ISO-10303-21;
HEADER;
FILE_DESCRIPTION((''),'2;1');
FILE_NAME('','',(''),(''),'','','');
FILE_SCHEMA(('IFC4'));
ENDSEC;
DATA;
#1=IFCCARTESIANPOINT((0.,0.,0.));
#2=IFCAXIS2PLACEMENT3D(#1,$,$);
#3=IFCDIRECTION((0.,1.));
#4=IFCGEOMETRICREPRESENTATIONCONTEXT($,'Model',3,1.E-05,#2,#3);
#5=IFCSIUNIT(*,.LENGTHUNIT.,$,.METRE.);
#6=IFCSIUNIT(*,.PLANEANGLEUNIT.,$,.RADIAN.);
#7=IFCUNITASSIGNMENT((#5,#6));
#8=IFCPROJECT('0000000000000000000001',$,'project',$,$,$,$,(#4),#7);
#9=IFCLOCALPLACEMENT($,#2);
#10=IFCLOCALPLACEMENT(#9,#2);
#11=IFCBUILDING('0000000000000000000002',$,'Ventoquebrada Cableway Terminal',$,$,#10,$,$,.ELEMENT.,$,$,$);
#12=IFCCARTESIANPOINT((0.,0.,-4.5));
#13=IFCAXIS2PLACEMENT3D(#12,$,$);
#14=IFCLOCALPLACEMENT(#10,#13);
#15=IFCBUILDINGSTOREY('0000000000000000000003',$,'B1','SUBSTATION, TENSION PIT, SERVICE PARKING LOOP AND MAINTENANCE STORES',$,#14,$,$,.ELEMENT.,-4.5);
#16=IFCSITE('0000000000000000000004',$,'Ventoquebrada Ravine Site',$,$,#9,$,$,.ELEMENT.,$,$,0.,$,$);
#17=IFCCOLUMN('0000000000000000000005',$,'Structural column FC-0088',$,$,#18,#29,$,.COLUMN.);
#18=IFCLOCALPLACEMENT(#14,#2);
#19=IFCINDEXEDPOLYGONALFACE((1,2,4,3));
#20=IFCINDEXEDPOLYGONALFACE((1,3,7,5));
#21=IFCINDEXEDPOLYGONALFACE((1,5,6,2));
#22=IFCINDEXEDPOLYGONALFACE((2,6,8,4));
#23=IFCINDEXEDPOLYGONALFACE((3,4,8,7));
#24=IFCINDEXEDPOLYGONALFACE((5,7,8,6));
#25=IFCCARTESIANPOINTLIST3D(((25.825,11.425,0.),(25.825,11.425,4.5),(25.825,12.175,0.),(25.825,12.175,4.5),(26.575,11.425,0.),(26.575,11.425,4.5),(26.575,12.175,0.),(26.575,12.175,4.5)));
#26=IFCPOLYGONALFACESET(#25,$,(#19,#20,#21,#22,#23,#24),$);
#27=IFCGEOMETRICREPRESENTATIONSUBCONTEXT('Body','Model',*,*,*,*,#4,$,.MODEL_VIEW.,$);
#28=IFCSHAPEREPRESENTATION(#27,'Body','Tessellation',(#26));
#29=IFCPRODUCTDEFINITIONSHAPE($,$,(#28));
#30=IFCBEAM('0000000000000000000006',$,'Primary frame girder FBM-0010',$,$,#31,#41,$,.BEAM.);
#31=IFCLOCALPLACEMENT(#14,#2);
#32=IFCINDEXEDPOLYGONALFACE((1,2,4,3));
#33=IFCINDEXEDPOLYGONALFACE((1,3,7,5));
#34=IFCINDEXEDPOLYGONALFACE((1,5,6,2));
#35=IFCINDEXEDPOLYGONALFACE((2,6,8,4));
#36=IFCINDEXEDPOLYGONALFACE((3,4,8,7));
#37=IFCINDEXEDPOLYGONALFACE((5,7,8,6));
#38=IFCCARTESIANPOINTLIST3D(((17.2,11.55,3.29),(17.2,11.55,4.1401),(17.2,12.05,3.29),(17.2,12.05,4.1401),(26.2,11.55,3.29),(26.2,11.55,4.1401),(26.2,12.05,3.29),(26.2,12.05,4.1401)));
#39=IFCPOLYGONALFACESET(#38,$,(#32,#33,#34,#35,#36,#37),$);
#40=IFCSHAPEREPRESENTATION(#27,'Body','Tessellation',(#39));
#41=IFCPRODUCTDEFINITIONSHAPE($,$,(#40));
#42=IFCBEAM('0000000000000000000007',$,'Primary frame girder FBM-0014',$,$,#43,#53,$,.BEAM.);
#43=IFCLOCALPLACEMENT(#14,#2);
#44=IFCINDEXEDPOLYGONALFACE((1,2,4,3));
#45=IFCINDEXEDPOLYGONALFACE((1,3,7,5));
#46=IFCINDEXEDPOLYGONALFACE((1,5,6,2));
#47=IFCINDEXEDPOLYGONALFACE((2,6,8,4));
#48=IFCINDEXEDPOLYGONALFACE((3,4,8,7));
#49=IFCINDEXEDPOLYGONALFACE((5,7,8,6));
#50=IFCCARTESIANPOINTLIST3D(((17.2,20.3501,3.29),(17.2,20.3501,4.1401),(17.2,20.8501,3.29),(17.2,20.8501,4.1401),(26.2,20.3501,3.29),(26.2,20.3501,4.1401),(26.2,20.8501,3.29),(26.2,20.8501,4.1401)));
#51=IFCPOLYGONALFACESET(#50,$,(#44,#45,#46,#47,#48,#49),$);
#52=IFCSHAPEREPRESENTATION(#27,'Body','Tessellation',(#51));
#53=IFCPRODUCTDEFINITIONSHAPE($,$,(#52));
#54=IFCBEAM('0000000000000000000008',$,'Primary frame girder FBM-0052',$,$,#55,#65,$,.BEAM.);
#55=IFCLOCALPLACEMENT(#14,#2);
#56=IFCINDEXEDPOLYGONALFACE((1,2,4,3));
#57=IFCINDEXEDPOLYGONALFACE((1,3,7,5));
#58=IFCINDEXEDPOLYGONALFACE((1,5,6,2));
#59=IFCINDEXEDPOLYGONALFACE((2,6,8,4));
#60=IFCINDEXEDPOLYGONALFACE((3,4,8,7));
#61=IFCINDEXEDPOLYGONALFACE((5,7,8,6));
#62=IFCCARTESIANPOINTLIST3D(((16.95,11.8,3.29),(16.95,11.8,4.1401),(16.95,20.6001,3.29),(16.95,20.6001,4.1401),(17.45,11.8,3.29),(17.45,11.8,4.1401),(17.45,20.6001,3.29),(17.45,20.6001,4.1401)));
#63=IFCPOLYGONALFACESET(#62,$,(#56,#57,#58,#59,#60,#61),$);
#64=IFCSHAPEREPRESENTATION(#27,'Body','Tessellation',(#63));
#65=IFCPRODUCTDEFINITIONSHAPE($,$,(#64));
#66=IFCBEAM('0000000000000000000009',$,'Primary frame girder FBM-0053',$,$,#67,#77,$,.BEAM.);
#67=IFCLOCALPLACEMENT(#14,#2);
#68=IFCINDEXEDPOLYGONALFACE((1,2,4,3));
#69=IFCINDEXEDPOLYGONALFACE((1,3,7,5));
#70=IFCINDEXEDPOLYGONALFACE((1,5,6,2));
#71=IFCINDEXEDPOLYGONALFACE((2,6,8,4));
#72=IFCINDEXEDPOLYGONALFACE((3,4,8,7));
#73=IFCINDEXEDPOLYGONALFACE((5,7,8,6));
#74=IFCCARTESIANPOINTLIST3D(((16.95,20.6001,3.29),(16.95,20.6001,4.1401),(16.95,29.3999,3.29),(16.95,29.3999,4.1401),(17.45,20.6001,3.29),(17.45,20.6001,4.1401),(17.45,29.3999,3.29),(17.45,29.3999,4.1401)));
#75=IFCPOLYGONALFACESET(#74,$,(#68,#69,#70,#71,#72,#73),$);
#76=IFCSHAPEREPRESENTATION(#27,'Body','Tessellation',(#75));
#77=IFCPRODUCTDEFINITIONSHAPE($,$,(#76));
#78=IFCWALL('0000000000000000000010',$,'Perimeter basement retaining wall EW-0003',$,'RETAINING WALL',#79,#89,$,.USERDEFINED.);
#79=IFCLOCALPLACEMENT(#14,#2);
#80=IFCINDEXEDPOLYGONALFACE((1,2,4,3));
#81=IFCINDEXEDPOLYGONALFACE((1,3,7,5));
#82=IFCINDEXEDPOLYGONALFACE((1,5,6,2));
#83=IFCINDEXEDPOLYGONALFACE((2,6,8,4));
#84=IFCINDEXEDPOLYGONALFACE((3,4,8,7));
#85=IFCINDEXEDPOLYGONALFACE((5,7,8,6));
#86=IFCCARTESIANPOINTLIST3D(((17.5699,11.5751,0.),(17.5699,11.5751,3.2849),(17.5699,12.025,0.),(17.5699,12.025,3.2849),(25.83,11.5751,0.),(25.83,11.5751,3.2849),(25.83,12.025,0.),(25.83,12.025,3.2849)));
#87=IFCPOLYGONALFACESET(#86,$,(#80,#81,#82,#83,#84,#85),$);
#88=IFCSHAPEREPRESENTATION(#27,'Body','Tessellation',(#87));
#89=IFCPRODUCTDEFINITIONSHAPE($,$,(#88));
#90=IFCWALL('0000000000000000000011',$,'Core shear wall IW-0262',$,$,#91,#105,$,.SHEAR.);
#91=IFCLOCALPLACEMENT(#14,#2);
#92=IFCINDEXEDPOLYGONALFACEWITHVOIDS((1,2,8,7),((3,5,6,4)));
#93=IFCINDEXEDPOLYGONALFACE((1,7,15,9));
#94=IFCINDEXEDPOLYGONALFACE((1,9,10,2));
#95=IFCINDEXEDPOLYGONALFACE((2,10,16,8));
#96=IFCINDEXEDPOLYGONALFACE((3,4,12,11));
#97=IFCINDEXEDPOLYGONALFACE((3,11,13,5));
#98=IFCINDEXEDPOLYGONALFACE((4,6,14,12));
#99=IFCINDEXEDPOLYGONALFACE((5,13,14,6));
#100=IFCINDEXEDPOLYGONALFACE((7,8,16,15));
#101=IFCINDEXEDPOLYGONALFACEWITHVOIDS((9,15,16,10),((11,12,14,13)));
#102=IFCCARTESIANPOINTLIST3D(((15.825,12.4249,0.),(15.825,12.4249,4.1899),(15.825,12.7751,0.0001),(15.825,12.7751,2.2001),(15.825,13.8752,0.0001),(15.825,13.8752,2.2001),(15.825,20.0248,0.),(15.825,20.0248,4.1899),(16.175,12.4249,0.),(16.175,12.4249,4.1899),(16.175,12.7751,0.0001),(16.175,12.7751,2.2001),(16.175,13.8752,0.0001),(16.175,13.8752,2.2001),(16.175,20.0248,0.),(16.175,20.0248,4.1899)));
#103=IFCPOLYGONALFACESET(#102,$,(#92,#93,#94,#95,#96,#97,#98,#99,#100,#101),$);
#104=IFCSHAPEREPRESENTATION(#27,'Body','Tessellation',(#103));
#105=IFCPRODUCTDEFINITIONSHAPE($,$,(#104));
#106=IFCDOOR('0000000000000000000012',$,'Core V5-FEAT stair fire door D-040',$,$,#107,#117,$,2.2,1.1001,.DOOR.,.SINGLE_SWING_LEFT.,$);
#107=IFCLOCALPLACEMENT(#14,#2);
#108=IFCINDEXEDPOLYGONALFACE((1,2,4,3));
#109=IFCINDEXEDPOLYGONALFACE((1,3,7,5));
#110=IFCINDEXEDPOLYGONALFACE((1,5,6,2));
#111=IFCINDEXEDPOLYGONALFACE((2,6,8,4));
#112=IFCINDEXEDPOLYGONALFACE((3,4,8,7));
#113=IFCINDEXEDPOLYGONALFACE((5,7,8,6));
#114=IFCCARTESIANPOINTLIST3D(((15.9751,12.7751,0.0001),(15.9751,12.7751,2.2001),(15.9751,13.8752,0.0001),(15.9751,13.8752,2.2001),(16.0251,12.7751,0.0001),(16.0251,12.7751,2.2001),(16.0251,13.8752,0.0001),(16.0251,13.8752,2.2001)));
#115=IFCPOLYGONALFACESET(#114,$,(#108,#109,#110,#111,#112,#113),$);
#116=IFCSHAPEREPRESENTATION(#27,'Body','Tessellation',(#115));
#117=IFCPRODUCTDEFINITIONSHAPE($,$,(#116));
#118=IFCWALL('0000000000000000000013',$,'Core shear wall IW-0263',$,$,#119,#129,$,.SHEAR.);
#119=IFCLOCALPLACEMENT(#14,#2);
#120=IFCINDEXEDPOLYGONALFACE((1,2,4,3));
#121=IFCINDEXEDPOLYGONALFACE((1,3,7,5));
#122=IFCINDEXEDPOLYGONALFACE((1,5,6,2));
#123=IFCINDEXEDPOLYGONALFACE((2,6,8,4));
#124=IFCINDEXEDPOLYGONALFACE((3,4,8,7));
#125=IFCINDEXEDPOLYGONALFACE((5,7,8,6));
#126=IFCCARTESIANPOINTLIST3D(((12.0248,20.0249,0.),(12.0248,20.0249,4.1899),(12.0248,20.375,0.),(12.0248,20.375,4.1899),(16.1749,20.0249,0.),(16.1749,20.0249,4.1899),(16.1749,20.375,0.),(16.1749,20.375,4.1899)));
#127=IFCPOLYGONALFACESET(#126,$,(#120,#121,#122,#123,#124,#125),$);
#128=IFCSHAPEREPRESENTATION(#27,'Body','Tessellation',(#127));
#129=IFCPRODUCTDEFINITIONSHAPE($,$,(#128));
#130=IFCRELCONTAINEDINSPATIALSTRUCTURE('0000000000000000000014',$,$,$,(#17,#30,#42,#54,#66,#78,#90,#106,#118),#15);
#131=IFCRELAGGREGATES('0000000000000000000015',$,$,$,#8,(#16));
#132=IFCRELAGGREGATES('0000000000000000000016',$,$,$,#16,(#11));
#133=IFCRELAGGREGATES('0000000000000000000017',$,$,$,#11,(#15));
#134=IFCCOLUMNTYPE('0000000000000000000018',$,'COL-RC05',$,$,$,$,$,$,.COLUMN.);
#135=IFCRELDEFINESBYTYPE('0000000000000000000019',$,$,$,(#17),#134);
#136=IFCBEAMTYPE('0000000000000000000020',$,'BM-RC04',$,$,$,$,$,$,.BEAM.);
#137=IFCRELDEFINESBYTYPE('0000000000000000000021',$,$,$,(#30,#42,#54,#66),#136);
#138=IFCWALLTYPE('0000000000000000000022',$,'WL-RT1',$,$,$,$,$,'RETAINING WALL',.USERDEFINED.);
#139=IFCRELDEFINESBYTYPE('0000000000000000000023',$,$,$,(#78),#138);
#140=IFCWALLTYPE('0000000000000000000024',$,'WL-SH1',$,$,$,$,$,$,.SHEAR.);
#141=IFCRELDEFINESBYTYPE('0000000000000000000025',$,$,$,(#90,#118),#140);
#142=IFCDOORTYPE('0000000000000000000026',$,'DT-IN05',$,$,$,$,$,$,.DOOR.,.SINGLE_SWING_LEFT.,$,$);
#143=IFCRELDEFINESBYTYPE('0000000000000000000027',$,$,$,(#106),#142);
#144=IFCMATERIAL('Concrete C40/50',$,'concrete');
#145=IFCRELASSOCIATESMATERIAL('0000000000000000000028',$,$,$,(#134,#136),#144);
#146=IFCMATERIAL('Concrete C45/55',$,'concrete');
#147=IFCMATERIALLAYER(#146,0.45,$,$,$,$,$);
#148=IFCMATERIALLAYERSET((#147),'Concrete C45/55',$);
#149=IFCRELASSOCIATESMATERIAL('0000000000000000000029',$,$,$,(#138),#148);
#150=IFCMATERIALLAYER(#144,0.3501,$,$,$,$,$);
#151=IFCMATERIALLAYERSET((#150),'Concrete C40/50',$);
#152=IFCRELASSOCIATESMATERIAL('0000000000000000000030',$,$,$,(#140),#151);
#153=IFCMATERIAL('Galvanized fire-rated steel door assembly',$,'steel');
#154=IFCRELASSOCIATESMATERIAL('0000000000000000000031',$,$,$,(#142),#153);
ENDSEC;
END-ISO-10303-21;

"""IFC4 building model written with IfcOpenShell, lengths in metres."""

from ifc_helpers import new_model, si_unit, direction, frame, frame_2d, origin, origin_2d, place, context, subcontext, project, spatial, rectangle, extrude, material, layer, layer_set, material_profile, profile_set, type_object, element, fill, save


model = new_model("IFC4")

# Units and contexts
model_context = context("Model", 3, precision=1e-05, world=origin(), true_north=direction((0.0, 1.0)))
body_context = subcontext(model_context, "Body", "Model", "MODEL_VIEW")
ifc_project = project(units=[si_unit("LENGTHUNIT", "METRE"), si_unit("PLANEANGLEUNIT", "RADIAN")], contexts=[model_context])

# Site, building, storey
site_placement = place(None, origin())
site = spatial("IfcSite", under=ifc_project, at=site_placement, Name="Ventoquebrada Ravine Site", CompositionType="ELEMENT", RefElevation=0.0)
building_placement = place(site_placement, origin())
building = spatial("IfcBuilding", under=site, at=building_placement, Name="Ventoquebrada Cableway Terminal", CompositionType="ELEMENT")
storey_placement = place(building_placement, frame((0.0, 0.0, -4.5)))
storey = spatial("IfcBuildingStorey", under=building, at=storey_placement, Name="B1", Description="SUBSTATION, TENSION PIT, SERVICE PARKING LOOP AND MAINTENANCE STORES", CompositionType="ELEMENT", Elevation=-4.5)

# Shared definitions
ifc_material_1 = material(Name="Concrete C40/50", Category="concrete")

# Column
ifc_material_profile_1 = material_profile(ifc_material_1, rectangle(XDim=0.75, YDim=0.75, at=origin_2d()), Name="RC-COL-750X750")
ifc_profile_set_1 = profile_set([ifc_material_profile_1], Name="Concrete C40/50")
column_type = type_object("IfcColumnType", Name="COL-RC05", PredefinedType="COLUMN", material=ifc_profile_set_1)
for number, where, z_axis, x_axis, name in (
    (1, (26.2, 11.8, 0.0), (0.0, 0.0, 1.0), (1.0, 0.0, 0.0), "Structural column FC-0088"),
):
    element("IfcColumn", number, at=place(storey_placement, frame(where, z_axis=z_axis, x_axis=x_axis)), inside=storey, type_object=column_type, Name=name, PredefinedType="COLUMN", context=body_context, shape_type="SweptSolid", body=[
        extrude(rectangle(XDim=0.75, YDim=0.75, at=origin_2d()), origin(), (0.0, 0.0, 1.0), 4.5),
    ])

# Beams
ifc_material_profile_2 = material_profile(ifc_material_1, rectangle(XDim=0.5, YDim=0.8501, at=origin_2d()), Name="RC-BM-500X850")
ifc_profile_set_2 = profile_set([ifc_material_profile_2], Name="Concrete C40/50")
beam_type = type_object("IfcBeamType", Name="BM-RC04", PredefinedType="BEAM", material=ifc_profile_set_2)
for number, where, z_axis, x_axis, name in (
    (2, (17.2, 11.8, 3.7151), (1.0, 0.0, 0.0), (0.0, 1.0, 0.0), "Primary frame girder FBM-0010"),
    (3, (17.2, 20.6001, 3.7151), (1.0, 0.0, 0.0), (0.0, 1.0, 0.0), "Primary frame girder FBM-0014"),
):
    element("IfcBeam", number, at=place(storey_placement, frame(where, z_axis=z_axis, x_axis=x_axis)), inside=storey, type_object=beam_type, Name=name, PredefinedType="BEAM", context=body_context, shape_type="SweptSolid", body=[
        extrude(rectangle(XDim=0.5, YDim=0.8501, at=origin_2d()), origin(), (0.0, 0.0, 1.0), 9.0),
    ])
beam_1_placement = place(storey_placement, frame((17.2, 11.8, 3.7151), z_axis=(0.0, 1.0, 0.0), x_axis=(-1.0, 0.0, 0.0)))
element("IfcBeam", 4, at=beam_1_placement, inside=storey, type_object=beam_type, Name="Primary frame girder FBM-0052", PredefinedType="BEAM", context=body_context, shape_type="SweptSolid", body=[
    extrude(rectangle(XDim=0.5, YDim=0.8501, at=origin_2d()), origin(), (0.0, 0.0, 1.0), 8.8),
])
beam_2_placement = place(storey_placement, frame((17.2, 20.6001, 3.7151), z_axis=(0.0, 1.0, 0.0), x_axis=(-1.0, 0.0, 0.0)))
element("IfcBeam", 5, at=beam_2_placement, inside=storey, type_object=beam_type, Name="Primary frame girder FBM-0053", PredefinedType="BEAM", context=body_context, shape_type="SweptSolid", body=[
    extrude(rectangle(XDim=0.5, YDim=0.8501, at=origin_2d()), origin(), (0.0, 0.0, 1.0), 8.7998),
])

# Wall
ifc_material_2 = material(Name="Concrete C45/55", Category="concrete")
ifc_layer_1 = layer(ifc_material_2, 0.45)
ifc_layer_set_1 = layer_set([ifc_layer_1], Name="Concrete C45/55")
wall_type_1 = type_object("IfcWallType", Name="WL-RT1", ElementType="RETAINING WALL", PredefinedType="USERDEFINED", material=ifc_layer_set_1)
wall_1_placement = place(storey_placement, frame((17.5701, 11.8, 0.0), z_axis=(0.0, 0.0, 1.0), x_axis=(1.0, 0.0, 0.0)))
element("IfcWall", 6, at=wall_1_placement, inside=storey, type_object=wall_type_1, Name="Perimeter basement retaining wall EW-0003", ObjectType="RETAINING WALL", PredefinedType="USERDEFINED", context=body_context, shape_type="SweptSolid", body=[
    extrude(rectangle(XDim=8.26, YDim=0.45, at=frame_2d((4.1299, 0.0))), origin(), (0.0, 0.0, 1.0), 3.2849),
])

# Wall, opening, door
ifc_layer_2 = layer(ifc_material_1, 0.3501)
ifc_layer_set_2 = layer_set([ifc_layer_2], Name="Concrete C40/50")
wall_type_2 = type_object("IfcWallType", Name="WL-SH1", PredefinedType="SHEAR", material=ifc_layer_set_2)
wall_2_placement = place(storey_placement, frame((16.0, 12.425, 0.0), z_axis=(0.0, 0.0, 1.0), x_axis=(0.0, 1.0, 0.0)))
wall_2 = element("IfcWall", 7, at=wall_2_placement, inside=storey, type_object=wall_type_2, Name="Core shear wall IW-0262", PredefinedType="SHEAR", context=body_context, shape_type="SweptSolid", body=[
    extrude(rectangle(XDim=7.5999, YDim=0.3501, at=frame_2d((3.7998, 0.0))), origin(), (0.0, 0.0, 1.0), 4.1899),
])
opening_placement = place(wall_2_placement, frame((0.3501, 0.0, 0.0)))
opening = element("IfcOpeningElement", 8, at=opening_placement, cuts=wall_2, PredefinedType="OPENING", context=body_context, shape_type="SweptSolid", body=[
    extrude(rectangle(XDim=1.1001, YDim=2.2, at=frame_2d((0.55, 1.1001))), frame((0.0, 0.1851, 0.0), z_axis=(0.0, -1.0, 0.0), x_axis=(1.0, 0.0, 0.0)), (0.0, 0.0, 1.0), 0.3701),
])
ifc_material_3 = material(Name="Galvanized fire-rated steel door assembly", Category="steel")
door_type = type_object("IfcDoorType", Name="DT-IN05", OperationType="SINGLE_SWING_LEFT", PredefinedType="DOOR", material=ifc_material_3)
door_placement = place(opening_placement, origin())
door = element("IfcDoor", 9, at=door_placement, inside=storey, type_object=door_type, Name="Core V5-FEAT stair fire door D-040", OperationType="SINGLE_SWING_LEFT", OverallHeight=2.2, OverallWidth=1.1001, PredefinedType="DOOR", context=body_context, shape_type="SweptSolid", body=[
    extrude(rectangle(XDim=1.1001, YDim=2.2, at=frame_2d((0.55, 1.1001))), frame((0.0, 0.0249, 0.0), z_axis=(0.0, -1.0, 0.0), x_axis=(1.0, 0.0, 0.0)), (0.0, 0.0, 1.0), 0.05),
])
fill(opening, door)

# Wall
wall_3_placement = place(storey_placement, frame((16.175, 20.2, 0.0), z_axis=(0.0, 0.0, 1.0), x_axis=(-1.0, 0.0, 0.0)))
element("IfcWall", 10, at=wall_3_placement, inside=storey, type_object=wall_type_2, Name="Core shear wall IW-0263", PredefinedType="SHEAR", context=body_context, shape_type="SweptSolid", body=[
    extrude(rectangle(XDim=4.1501, YDim=0.3501, at=frame_2d((2.0752, 0.0))), origin(), (0.0, 0.0, 1.0), 4.1899),
])

save(model, "model.ifc")
